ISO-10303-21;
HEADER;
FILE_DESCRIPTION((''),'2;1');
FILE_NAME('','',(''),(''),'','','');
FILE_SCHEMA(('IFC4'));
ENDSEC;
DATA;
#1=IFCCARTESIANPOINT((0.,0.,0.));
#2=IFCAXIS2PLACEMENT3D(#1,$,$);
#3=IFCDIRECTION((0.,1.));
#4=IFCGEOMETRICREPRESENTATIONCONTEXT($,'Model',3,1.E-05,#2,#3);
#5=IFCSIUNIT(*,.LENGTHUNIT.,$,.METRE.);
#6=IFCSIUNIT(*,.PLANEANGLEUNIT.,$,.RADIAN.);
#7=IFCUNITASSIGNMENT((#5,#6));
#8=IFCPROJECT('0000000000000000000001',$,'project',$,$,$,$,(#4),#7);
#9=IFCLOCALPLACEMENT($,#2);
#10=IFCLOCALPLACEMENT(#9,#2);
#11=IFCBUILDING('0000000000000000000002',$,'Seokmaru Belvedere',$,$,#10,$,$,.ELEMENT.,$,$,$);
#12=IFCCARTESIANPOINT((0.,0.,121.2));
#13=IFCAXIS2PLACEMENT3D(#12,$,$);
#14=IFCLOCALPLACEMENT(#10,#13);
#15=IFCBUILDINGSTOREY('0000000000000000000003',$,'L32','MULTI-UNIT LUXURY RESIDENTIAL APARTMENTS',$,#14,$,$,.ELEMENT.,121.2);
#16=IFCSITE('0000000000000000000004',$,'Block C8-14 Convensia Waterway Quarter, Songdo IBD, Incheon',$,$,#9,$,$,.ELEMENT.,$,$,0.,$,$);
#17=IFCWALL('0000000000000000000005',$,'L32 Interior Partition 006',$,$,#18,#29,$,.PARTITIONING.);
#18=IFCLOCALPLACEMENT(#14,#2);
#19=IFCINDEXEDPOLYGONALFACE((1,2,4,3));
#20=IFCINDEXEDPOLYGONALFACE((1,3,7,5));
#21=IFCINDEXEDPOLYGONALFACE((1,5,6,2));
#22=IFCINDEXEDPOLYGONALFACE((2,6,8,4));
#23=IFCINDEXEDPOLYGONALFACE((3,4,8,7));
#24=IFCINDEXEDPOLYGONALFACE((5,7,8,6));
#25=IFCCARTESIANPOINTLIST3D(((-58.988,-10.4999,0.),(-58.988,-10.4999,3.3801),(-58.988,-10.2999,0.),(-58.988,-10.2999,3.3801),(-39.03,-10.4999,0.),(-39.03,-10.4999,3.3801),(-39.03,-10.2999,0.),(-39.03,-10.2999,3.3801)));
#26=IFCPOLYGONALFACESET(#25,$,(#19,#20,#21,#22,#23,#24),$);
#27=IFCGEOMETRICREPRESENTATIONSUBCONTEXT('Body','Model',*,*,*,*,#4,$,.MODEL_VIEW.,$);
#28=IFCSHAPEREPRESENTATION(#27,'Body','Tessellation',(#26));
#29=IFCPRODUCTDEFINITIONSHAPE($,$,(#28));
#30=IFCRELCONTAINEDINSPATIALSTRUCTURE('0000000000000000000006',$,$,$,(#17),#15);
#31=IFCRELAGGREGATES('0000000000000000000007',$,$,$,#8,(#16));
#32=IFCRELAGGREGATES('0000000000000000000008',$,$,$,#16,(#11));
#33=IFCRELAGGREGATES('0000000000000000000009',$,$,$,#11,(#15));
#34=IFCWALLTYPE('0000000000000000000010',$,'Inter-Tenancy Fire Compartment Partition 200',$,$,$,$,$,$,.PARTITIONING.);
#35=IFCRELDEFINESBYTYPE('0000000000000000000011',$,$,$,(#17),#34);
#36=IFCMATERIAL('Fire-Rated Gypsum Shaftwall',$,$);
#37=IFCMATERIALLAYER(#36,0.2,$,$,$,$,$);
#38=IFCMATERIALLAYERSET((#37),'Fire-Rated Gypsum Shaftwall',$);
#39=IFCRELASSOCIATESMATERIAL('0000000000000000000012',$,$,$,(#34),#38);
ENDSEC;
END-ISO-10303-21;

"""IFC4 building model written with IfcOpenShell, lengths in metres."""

from ifc_helpers import new_model, si_unit, direction, frame, frame_2d, origin, place, context, subcontext, project, spatial, rectangle, extrude, material, layer, layer_set, type_object, element, save


model = new_model("IFC4")

# Units and contexts
model_context = context("Model", 3, precision=1e-05, world=origin(), true_north=direction((0.0, 1.0)))
body_context = subcontext(model_context, "Body", "Model", "MODEL_VIEW")
ifc_project = project(units=[si_unit("LENGTHUNIT", "METRE"), si_unit("PLANEANGLEUNIT", "RADIAN")], contexts=[model_context])

# Site, building, storey
site_placement = place(None, origin())
site = spatial("IfcSite", under=ifc_project, at=site_placement, Name="Block C8-14 Convensia Waterway Quarter, Songdo IBD, Incheon", CompositionType="ELEMENT", RefElevation=0.0)
building_placement = place(site_placement, origin())
building = spatial("IfcBuilding", under=site, at=building_placement, Name="Seokmaru Belvedere", CompositionType="ELEMENT")
storey_placement = place(building_placement, frame((0.0, 0.0, 121.2)))
storey = spatial("IfcBuildingStorey", under=building, at=storey_placement, Name="L32", Description="MULTI-UNIT LUXURY RESIDENTIAL APARTMENTS", CompositionType="ELEMENT", Elevation=121.2)

# Shared definitions
ifc_material_1 = material(Name="Fire-Rated Gypsum Shaftwall")

# Wall
ifc_layer_1 = layer(ifc_material_1, 0.2)
ifc_layer_set_1 = layer_set([ifc_layer_1], Name="Fire-Rated Gypsum Shaftwall")
wall_type_1 = type_object("IfcWallType", Name="Inter-Tenancy Fire Compartment Partition 200", PredefinedType="PARTITIONING", material=ifc_layer_set_1)
wall_1_placement = place(storey_placement, frame((-58.988, -10.3999, 0.0), z_axis=(0.0, 0.0, 1.0), x_axis=(1.0, 0.0, 0.0)))
element("IfcWall", 1, at=wall_1_placement, inside=storey, type_object=wall_type_1, Name="L32 Interior Partition 006", PredefinedType="PARTITIONING", context=body_context, shape_type="SweptSolid", body=[
    extrude(rectangle(XDim=19.958, YDim=0.2, at=frame_2d((9.979, 0.0))), origin(), (0.0, 0.0, 1.0), 3.3801),
])

save(model, "model.ifc")
